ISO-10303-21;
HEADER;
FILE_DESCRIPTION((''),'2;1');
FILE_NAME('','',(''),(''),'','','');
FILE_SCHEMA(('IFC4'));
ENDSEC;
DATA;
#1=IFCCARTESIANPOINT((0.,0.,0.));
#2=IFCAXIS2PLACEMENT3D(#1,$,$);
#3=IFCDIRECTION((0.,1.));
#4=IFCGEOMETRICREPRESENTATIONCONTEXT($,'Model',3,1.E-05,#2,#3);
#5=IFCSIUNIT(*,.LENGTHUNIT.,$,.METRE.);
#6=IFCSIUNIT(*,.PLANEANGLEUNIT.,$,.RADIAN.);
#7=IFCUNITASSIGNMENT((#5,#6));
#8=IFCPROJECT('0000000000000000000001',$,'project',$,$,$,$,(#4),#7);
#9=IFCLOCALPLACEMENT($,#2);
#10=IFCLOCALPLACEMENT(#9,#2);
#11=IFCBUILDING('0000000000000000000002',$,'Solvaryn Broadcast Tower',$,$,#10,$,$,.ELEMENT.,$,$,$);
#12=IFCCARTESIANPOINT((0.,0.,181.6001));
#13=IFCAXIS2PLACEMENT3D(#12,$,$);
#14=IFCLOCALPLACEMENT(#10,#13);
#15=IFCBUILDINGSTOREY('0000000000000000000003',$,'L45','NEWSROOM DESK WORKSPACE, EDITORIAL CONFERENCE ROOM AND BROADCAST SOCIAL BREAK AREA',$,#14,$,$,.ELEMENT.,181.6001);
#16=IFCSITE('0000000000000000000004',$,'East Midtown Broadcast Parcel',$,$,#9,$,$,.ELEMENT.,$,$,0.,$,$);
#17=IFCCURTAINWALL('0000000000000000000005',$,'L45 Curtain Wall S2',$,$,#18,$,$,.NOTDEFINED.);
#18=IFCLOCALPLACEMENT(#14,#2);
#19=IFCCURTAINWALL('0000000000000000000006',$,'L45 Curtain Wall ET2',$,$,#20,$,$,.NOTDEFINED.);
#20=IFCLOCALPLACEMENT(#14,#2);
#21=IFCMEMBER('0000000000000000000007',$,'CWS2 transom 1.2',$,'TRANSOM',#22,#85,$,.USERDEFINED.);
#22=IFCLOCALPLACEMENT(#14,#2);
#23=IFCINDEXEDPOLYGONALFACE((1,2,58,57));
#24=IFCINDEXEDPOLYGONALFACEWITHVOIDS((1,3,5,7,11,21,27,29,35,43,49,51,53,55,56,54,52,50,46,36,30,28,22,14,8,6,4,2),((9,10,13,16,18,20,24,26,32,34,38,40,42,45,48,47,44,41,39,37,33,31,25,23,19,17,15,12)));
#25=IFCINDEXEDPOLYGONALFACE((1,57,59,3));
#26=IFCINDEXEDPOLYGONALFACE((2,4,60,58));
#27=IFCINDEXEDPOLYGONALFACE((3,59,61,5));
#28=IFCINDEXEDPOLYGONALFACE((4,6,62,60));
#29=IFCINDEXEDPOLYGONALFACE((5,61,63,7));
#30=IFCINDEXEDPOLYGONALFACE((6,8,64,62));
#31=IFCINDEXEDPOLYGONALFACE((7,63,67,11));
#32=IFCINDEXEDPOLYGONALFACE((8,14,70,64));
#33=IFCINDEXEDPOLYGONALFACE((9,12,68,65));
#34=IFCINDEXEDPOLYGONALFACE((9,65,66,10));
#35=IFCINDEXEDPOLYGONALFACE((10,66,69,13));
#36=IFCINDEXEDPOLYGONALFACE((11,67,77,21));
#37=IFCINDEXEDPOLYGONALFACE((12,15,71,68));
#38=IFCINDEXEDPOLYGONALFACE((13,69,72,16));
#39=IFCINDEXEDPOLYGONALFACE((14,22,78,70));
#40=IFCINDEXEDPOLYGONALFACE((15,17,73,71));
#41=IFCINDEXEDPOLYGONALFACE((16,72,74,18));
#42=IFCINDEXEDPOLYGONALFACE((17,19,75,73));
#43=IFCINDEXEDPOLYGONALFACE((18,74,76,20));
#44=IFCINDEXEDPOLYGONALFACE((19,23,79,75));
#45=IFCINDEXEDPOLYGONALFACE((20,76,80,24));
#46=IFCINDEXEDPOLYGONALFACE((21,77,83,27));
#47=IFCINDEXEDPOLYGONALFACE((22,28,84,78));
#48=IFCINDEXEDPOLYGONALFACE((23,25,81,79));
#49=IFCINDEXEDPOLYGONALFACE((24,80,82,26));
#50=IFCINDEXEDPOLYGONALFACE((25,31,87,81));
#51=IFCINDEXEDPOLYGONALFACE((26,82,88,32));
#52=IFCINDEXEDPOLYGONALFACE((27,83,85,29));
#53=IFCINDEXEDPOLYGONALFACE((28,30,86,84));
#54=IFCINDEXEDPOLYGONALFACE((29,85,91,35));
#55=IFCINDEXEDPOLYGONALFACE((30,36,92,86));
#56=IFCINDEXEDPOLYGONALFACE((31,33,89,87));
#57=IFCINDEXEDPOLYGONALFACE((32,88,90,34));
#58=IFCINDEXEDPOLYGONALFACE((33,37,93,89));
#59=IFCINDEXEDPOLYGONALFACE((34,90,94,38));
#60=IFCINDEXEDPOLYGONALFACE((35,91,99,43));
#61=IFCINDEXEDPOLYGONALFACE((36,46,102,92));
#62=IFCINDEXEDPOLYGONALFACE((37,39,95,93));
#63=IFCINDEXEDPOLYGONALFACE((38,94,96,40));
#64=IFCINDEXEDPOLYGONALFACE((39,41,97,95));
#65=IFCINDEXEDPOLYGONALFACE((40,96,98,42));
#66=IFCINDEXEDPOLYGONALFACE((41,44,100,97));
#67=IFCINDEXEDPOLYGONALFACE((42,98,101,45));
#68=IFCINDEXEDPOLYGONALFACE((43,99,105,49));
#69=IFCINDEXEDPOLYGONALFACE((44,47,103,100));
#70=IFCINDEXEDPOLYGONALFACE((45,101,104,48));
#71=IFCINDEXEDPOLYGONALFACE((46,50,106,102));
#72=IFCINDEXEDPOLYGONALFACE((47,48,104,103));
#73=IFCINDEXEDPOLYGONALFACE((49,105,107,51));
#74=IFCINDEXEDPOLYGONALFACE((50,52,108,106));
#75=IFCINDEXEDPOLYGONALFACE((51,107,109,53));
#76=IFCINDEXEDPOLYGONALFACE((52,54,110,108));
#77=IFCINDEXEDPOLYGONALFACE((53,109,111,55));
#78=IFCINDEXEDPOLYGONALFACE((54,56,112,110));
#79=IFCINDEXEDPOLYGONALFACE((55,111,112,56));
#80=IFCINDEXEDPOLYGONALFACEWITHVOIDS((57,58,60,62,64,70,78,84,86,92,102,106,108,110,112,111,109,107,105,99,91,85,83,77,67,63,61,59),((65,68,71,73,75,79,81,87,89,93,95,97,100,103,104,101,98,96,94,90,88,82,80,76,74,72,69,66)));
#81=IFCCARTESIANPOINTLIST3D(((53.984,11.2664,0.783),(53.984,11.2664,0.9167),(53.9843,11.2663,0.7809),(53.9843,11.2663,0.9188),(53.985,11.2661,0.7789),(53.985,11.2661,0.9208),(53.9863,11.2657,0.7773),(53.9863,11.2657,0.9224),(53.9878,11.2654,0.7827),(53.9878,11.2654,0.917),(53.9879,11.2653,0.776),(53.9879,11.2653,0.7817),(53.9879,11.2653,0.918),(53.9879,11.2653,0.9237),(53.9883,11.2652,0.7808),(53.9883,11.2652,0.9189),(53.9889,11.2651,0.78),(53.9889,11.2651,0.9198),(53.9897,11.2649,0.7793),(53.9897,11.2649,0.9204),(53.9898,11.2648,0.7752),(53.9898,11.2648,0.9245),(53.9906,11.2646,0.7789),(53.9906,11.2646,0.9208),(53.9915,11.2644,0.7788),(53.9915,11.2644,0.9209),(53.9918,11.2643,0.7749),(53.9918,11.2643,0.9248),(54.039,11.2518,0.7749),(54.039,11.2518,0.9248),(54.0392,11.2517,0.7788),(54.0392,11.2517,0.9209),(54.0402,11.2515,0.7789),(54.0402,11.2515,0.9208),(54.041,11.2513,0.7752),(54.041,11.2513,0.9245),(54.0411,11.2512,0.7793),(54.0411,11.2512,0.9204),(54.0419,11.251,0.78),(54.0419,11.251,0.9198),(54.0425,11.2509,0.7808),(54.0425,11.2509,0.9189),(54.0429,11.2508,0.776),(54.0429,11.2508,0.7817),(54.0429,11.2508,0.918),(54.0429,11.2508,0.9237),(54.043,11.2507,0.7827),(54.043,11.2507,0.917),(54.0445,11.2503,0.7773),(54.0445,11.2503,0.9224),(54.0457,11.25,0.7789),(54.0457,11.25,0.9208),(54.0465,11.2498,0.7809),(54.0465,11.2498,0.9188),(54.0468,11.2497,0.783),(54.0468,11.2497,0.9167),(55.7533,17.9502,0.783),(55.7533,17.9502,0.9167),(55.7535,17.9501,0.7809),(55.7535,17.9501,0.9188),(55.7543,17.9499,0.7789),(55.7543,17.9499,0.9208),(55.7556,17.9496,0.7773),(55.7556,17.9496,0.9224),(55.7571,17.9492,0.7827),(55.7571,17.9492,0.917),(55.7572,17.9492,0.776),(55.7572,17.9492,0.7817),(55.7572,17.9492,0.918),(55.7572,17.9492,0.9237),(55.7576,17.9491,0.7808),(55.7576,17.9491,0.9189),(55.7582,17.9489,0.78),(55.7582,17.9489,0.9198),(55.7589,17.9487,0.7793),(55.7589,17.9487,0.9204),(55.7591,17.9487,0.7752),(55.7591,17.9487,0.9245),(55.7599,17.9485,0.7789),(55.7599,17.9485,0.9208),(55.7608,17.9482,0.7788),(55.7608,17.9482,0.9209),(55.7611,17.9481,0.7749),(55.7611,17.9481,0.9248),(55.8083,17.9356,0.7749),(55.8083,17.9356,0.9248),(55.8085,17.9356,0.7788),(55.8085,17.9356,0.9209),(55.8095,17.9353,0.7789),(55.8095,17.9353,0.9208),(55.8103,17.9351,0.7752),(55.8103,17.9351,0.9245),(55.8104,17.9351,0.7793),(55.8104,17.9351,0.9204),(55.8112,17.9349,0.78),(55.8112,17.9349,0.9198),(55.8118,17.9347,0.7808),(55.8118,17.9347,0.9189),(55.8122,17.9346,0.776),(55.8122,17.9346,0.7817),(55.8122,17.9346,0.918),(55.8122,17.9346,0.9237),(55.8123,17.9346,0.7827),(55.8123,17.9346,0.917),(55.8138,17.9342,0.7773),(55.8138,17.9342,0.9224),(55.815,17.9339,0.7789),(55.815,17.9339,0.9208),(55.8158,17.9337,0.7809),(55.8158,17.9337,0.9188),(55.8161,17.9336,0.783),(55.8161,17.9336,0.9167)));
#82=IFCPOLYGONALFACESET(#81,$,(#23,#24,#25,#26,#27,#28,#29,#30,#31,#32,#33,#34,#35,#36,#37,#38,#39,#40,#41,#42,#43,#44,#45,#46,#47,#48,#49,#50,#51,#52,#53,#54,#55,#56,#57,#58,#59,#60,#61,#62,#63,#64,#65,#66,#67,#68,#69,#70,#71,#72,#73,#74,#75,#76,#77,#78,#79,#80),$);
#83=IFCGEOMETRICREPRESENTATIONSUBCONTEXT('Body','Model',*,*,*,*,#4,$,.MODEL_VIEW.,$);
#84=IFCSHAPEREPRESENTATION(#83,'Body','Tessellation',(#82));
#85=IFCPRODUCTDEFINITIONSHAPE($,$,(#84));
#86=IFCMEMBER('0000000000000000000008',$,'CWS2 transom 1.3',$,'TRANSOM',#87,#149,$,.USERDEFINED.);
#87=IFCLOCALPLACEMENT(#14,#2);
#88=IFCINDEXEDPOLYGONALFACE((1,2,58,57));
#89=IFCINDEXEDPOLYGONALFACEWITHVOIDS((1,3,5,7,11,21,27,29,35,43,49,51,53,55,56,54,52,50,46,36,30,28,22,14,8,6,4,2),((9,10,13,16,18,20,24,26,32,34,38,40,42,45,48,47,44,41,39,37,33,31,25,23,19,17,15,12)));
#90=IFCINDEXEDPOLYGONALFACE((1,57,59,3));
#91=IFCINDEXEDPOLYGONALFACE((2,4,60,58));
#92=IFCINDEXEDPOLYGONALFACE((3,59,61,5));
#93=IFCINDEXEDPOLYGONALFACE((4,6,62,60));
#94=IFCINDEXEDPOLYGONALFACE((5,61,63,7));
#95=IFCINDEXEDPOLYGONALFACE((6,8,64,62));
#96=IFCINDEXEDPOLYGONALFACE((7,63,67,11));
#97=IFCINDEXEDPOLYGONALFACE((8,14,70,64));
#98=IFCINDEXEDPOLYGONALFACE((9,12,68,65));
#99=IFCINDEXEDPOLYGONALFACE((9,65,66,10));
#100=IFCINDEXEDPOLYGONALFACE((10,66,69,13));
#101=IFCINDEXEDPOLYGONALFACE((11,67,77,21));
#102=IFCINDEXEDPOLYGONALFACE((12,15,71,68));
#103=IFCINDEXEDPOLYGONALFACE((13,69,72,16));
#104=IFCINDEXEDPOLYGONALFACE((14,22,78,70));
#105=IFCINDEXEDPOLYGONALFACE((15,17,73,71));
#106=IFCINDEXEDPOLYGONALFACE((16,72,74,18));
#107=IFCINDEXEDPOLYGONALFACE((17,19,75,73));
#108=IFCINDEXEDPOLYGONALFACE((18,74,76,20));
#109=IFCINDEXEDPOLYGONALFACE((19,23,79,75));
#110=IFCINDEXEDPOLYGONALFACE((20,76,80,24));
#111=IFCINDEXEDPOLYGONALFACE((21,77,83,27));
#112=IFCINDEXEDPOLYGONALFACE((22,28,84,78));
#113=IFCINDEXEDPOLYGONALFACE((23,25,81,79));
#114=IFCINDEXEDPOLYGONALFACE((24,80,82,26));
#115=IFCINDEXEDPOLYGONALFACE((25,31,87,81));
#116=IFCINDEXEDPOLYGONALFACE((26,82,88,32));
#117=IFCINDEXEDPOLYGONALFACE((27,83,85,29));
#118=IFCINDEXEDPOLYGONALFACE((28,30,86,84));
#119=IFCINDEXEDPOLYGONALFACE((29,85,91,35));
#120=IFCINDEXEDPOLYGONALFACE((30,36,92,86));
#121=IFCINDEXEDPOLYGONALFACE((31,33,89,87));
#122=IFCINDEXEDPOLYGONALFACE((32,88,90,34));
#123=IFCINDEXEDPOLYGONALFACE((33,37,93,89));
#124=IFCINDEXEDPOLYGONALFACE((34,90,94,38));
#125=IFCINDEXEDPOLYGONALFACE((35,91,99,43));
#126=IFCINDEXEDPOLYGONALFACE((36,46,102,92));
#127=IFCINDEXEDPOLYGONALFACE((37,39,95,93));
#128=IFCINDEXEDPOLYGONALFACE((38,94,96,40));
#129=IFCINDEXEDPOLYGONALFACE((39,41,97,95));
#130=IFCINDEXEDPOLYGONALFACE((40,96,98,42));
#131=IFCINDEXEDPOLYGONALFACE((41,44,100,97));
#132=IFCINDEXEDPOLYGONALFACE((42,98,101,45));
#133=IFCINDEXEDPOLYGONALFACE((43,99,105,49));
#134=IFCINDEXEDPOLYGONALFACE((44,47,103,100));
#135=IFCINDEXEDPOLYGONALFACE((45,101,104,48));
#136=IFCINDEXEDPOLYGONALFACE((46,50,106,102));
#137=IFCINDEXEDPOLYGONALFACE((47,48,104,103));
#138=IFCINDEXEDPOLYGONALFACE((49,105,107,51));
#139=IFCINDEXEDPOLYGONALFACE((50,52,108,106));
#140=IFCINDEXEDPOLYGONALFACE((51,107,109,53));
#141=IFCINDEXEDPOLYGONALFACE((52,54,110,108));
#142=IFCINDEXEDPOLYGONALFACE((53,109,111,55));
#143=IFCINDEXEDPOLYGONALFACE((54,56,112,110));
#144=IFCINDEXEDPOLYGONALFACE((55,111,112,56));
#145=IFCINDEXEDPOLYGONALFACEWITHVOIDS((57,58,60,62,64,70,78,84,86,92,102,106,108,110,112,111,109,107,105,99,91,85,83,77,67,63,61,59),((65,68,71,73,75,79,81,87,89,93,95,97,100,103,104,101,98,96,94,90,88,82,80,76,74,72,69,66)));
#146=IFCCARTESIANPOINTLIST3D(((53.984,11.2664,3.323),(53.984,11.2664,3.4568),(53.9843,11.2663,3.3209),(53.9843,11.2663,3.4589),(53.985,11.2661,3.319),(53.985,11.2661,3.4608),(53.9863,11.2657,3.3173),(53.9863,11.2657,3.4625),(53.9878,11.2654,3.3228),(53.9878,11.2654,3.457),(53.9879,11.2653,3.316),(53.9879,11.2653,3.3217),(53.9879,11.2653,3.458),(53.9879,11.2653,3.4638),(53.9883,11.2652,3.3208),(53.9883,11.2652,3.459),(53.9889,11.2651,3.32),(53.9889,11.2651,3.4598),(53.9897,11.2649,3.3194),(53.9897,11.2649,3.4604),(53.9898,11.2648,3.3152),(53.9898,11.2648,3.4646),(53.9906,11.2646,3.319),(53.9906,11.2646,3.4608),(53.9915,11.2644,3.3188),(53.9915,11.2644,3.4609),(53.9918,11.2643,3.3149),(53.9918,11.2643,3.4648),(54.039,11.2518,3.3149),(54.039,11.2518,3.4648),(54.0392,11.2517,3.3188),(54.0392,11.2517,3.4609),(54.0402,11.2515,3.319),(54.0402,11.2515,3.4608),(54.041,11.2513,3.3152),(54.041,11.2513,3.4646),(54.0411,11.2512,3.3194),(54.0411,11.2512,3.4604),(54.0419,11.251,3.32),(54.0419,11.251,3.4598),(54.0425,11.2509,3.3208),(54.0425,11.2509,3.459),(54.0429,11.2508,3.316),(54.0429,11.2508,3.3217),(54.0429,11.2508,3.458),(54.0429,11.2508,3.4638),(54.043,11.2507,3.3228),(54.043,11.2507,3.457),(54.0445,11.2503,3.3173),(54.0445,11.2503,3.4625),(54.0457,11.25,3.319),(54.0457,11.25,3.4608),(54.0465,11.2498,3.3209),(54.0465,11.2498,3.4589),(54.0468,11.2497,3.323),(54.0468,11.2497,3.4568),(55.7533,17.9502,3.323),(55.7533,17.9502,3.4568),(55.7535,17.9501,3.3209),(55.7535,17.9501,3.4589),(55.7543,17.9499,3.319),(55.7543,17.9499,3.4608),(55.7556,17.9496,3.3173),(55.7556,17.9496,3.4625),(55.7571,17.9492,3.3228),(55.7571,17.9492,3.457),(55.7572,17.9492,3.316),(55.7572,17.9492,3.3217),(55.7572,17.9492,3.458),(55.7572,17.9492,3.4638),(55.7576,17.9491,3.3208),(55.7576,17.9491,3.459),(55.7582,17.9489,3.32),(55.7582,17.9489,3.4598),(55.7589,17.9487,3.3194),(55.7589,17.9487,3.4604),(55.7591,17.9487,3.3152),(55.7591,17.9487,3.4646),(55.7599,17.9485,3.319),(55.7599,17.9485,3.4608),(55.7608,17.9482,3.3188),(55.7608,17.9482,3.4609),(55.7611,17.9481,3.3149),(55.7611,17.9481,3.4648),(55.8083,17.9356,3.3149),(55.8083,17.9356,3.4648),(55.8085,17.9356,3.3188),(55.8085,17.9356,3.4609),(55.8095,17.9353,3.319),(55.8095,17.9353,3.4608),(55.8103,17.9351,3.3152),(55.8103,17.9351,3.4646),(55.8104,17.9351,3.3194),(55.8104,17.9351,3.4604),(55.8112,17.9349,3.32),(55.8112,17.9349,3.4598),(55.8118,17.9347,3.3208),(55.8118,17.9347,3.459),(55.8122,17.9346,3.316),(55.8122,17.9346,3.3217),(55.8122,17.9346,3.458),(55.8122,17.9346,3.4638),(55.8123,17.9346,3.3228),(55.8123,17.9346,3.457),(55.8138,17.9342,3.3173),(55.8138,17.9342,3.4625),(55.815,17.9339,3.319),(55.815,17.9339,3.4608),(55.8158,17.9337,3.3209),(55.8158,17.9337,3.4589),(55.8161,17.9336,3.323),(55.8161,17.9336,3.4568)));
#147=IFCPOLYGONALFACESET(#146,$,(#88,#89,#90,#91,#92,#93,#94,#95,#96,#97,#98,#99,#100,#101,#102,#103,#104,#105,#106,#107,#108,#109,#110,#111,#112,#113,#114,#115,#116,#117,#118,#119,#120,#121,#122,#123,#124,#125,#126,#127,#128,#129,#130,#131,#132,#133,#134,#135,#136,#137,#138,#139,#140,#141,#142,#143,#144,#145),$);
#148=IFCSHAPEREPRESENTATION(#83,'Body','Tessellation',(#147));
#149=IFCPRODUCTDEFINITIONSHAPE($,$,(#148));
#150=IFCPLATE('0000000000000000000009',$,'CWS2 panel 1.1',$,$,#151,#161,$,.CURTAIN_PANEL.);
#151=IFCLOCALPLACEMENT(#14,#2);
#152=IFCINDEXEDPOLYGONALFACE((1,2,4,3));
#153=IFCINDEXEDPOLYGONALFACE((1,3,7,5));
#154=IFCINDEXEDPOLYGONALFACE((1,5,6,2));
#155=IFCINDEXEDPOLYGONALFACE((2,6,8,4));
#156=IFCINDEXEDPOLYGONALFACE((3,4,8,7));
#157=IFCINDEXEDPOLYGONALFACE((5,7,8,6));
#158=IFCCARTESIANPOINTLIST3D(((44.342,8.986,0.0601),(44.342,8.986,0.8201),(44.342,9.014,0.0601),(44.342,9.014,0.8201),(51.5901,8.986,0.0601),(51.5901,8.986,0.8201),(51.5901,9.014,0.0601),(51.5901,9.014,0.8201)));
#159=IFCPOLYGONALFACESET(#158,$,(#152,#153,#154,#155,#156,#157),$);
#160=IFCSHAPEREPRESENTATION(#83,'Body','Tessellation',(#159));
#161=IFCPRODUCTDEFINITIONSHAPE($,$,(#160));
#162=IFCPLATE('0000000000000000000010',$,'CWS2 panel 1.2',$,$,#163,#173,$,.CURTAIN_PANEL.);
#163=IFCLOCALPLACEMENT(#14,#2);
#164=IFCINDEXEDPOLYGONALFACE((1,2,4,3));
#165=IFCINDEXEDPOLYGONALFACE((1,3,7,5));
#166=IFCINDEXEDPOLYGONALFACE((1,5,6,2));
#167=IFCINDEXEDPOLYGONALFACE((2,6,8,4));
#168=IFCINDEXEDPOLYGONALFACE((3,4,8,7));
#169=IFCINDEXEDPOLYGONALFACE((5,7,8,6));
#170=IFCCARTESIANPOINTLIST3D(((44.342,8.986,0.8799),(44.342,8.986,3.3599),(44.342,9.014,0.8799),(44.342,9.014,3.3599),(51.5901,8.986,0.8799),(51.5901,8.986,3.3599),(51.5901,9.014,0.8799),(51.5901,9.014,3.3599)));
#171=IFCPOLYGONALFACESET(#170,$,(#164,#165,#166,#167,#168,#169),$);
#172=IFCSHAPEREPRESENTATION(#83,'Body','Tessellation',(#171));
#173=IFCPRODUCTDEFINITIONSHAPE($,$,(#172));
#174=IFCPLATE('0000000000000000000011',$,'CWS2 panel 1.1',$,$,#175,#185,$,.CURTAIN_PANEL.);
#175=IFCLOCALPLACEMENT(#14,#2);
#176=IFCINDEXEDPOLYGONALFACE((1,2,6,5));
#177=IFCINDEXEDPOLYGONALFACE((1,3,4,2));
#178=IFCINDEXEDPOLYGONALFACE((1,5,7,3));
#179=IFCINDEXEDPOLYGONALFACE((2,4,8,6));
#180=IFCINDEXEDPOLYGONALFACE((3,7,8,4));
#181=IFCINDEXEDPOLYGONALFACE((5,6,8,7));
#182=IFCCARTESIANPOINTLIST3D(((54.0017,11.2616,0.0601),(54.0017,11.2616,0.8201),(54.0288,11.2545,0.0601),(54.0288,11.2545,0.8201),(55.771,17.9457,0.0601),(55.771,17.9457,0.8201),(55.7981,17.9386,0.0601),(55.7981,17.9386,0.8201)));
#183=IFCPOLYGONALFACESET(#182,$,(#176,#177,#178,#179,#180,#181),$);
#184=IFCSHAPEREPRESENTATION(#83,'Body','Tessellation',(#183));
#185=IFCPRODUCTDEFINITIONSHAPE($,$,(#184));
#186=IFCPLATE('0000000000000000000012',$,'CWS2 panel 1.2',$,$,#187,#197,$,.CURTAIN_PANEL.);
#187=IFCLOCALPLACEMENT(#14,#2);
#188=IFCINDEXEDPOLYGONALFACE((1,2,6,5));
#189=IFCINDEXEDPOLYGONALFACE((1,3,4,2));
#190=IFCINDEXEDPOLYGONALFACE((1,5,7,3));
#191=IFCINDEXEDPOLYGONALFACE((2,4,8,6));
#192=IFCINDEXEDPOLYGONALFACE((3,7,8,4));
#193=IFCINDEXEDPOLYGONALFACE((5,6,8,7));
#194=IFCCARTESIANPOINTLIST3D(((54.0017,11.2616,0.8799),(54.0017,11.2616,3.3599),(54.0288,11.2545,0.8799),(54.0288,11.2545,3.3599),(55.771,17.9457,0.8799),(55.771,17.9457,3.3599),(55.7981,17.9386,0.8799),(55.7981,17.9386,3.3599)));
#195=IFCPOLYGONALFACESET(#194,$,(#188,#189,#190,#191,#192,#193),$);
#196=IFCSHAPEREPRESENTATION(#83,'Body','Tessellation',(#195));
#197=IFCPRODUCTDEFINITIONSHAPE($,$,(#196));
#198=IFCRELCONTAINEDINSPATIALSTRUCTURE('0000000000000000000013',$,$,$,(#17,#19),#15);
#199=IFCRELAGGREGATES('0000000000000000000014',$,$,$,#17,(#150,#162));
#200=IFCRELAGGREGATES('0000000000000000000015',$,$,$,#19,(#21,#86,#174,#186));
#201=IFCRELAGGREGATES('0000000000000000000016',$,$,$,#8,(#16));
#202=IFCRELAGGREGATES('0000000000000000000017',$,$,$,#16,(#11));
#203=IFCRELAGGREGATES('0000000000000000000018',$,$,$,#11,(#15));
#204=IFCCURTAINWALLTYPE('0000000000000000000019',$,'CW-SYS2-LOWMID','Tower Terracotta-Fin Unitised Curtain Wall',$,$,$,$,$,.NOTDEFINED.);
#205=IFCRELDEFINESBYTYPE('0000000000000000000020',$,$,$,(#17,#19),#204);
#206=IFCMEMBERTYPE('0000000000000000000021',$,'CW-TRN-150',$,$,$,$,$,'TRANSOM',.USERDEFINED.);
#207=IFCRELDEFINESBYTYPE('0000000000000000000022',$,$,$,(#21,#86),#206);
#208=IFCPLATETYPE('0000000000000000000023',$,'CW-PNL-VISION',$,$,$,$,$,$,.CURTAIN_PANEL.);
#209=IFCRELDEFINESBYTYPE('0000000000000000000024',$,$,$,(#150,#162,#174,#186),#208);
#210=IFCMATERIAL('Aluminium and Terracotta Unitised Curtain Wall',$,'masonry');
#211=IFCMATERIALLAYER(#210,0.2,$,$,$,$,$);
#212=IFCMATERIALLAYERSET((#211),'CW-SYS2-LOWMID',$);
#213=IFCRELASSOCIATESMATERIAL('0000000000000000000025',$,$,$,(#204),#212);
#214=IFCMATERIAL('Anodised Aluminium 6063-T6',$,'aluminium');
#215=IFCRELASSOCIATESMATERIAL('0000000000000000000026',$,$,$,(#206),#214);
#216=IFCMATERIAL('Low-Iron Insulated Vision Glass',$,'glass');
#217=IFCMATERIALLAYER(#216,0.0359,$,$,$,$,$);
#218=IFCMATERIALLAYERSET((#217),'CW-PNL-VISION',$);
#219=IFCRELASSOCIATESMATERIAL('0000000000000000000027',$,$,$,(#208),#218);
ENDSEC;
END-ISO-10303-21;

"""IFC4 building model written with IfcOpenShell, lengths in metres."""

from ifc_helpers import new_model, si_unit, direction, frame, origin, origin_2d, place, context, subcontext, project, spatial, rectangle, hollow_rectangle, extrude, material, layer, layer_set, material_profile, profile_set, type_object, element, aggregate, save


model = new_model("IFC4")

# Units and contexts
model_context = context("Model", 3, precision=1e-05, world=origin(), true_north=direction((0.0, 1.0)))
body_context = subcontext(model_context, "Body", "Model", "MODEL_VIEW")
ifc_project = project(units=[si_unit("LENGTHUNIT", "METRE"), si_unit("PLANEANGLEUNIT", "RADIAN")], contexts=[model_context])

# Site, building, storey
site_placement = place(None, origin())
site = spatial("IfcSite", under=ifc_project, at=site_placement, Name="East Midtown Broadcast Parcel", CompositionType="ELEMENT", RefElevation=0.0)
building_placement = place(site_placement, origin())
building = spatial("IfcBuilding", under=site, at=building_placement, Name="Solvaryn Broadcast Tower", CompositionType="ELEMENT")
storey_placement = place(building_placement, frame((0.0, 0.0, 181.6001)))
storey = spatial("IfcBuildingStorey", under=building, at=storey_placement, Name="L45", Description="NEWSROOM DESK WORKSPACE, EDITORIAL CONFERENCE ROOM AND BROADCAST SOCIAL BREAK AREA", CompositionType="ELEMENT", Elevation=181.6001)

# Curtain wall
ifc_material_1 = material(Name="Aluminium and Terracotta Unitised Curtain Wall", Category="masonry")
ifc_layer_1 = layer(ifc_material_1, 0.2)
ifc_layer_set_1 = layer_set([ifc_layer_1], Name="CW-SYS2-LOWMID")
curtain_wall_type = type_object("IfcCurtainWallType", Name="CW-SYS2-LOWMID", Description="Tower Terracotta-Fin Unitised Curtain Wall", PredefinedType="NOTDEFINED", material=ifc_layer_set_1)
curtain_wall_1_placement = place(storey_placement, origin())
curtain_wall_1 = element("IfcCurtainWall", 1, at=curtain_wall_1_placement, inside=storey, type_object=curtain_wall_type, Name="L45 Curtain Wall S2", PredefinedType="NOTDEFINED")

# Curtain wall, members
curtain_wall_2_placement = place(storey_placement, origin())
curtain_wall_2 = element("IfcCurtainWall", 2, at=curtain_wall_2_placement, inside=storey, type_object=curtain_wall_type, Name="L45 Curtain Wall ET2", PredefinedType="NOTDEFINED")
ifc_material_2 = material(Name="Anodised Aluminium 6063-T6", Category="aluminium")
ifc_material_profile_1 = material_profile(ifc_material_2, hollow_rectangle(XDim=0.0649, YDim=0.1499, WallThickness=0.0039, InnerFilletRadius=0.0039, OuterFilletRadius=0.0081, at=origin_2d()))
ifc_profile_set_1 = profile_set([ifc_material_profile_1], Name="Anodised Aluminium 6063-T6")
member_type_1 = type_object("IfcMemberType", Name="CW-TRN-150", ElementType="TRANSOM", PredefinedType="USERDEFINED", material=ifc_profile_set_1)
member_1_placement = place(storey_placement, frame((55.7847, 17.9419, 0.8499), z_axis=(-0.255897, -0.966704, 0.0), x_axis=(0.966704, -0.255897, 0.0)))
member_1 = element("IfcMember", 3, at=member_1_placement, type_object=member_type_1, Name="CWS2 transom 1.2", ObjectType="TRANSOM", PredefinedType="USERDEFINED", context=body_context, shape_type="SweptSolid", body=[
    extrude(hollow_rectangle(XDim=0.0649, YDim=0.1499, WallThickness=0.0039, InnerFilletRadius=0.0039, OuterFilletRadius=0.0081, at=origin_2d()), origin(), (0.0, 0.0, 1.0), 6.9141),
])
member_2_placement = place(storey_placement, frame((55.7847, 17.9419, 3.3899), z_axis=(-0.255897, -0.966704, 0.0), x_axis=(0.966704, -0.255897, 0.0)))
member_2 = element("IfcMember", 4, at=member_2_placement, type_object=member_type_1, Name="CWS2 transom 1.3", ObjectType="TRANSOM", PredefinedType="USERDEFINED", context=body_context, shape_type="SweptSolid", body=[
    extrude(hollow_rectangle(XDim=0.0649, YDim=0.1499, WallThickness=0.0039, InnerFilletRadius=0.0039, OuterFilletRadius=0.0081, at=origin_2d()), origin(), (0.0, 0.0, 1.0), 6.9141),
])

# Plates
ifc_material_3 = material(Name="Low-Iron Insulated Vision Glass", Category="glass")
ifc_layer_2 = layer(ifc_material_3, 0.0359)
ifc_layer_set_2 = layer_set([ifc_layer_2], Name="CW-PNL-VISION")
plate_type = type_object("IfcPlateType", Name="CW-PNL-VISION", PredefinedType="CURTAIN_PANEL", material=ifc_layer_set_2)
plate_1_placement = place(storey_placement, frame((47.9661, 9.0, 0.0601), z_axis=(0.0, 0.0, 1.0), x_axis=(1.0, 0.0, 0.0)))
plate_1 = element("IfcPlate", 5, at=plate_1_placement, type_object=plate_type, Name="CWS2 panel 1.1", PredefinedType="CURTAIN_PANEL", context=body_context, shape_type="SweptSolid", body=[
    extrude(rectangle(XDim=7.248, YDim=0.0281, at=origin_2d()), origin(), (0.0, 0.0, 1.0), 0.76),
])
plate_2_placement = place(storey_placement, frame((47.9661, 9.0, 0.8799), z_axis=(0.0, 0.0, 1.0), x_axis=(1.0, 0.0, 0.0)))
plate_2 = element("IfcPlate", 6, at=plate_2_placement, type_object=plate_type, Name="CWS2 panel 1.2", PredefinedType="CURTAIN_PANEL", context=body_context, shape_type="SweptSolid", body=[
    extrude(rectangle(XDim=7.248, YDim=0.0281, at=origin_2d()), origin(), (0.0, 0.0, 1.0), 2.48),
])
aggregate(curtain_wall_1, [plate_1, plate_2])
plate_3_placement = place(storey_placement, frame((54.8999, 14.6001, 0.0601), z_axis=(0.0, 0.0, 1.0), x_axis=(-0.255893, -0.966705, 0.0)))
plate_3 = element("IfcPlate", 7, at=plate_3_placement, type_object=plate_type, Name="CWS2 panel 1.1", PredefinedType="CURTAIN_PANEL", context=body_context, shape_type="SweptSolid", body=[
    extrude(rectangle(XDim=6.9143, YDim=0.0281, at=origin_2d()), origin(), (0.0, 0.0, 1.0), 0.76),
])
plate_4_placement = place(storey_placement, frame((54.8999, 14.6001, 0.8799), z_axis=(0.0, 0.0, 1.0), x_axis=(-0.255893, -0.966705, 0.0)))
plate_4 = element("IfcPlate", 8, at=plate_4_placement, type_object=plate_type, Name="CWS2 panel 1.2", PredefinedType="CURTAIN_PANEL", context=body_context, shape_type="SweptSolid", body=[
    extrude(rectangle(XDim=6.9143, YDim=0.0281, at=origin_2d()), origin(), (0.0, 0.0, 1.0), 2.48),
])
aggregate(curtain_wall_2, [member_1, member_2, plate_3, plate_4])

save(model, "model.ifc")
